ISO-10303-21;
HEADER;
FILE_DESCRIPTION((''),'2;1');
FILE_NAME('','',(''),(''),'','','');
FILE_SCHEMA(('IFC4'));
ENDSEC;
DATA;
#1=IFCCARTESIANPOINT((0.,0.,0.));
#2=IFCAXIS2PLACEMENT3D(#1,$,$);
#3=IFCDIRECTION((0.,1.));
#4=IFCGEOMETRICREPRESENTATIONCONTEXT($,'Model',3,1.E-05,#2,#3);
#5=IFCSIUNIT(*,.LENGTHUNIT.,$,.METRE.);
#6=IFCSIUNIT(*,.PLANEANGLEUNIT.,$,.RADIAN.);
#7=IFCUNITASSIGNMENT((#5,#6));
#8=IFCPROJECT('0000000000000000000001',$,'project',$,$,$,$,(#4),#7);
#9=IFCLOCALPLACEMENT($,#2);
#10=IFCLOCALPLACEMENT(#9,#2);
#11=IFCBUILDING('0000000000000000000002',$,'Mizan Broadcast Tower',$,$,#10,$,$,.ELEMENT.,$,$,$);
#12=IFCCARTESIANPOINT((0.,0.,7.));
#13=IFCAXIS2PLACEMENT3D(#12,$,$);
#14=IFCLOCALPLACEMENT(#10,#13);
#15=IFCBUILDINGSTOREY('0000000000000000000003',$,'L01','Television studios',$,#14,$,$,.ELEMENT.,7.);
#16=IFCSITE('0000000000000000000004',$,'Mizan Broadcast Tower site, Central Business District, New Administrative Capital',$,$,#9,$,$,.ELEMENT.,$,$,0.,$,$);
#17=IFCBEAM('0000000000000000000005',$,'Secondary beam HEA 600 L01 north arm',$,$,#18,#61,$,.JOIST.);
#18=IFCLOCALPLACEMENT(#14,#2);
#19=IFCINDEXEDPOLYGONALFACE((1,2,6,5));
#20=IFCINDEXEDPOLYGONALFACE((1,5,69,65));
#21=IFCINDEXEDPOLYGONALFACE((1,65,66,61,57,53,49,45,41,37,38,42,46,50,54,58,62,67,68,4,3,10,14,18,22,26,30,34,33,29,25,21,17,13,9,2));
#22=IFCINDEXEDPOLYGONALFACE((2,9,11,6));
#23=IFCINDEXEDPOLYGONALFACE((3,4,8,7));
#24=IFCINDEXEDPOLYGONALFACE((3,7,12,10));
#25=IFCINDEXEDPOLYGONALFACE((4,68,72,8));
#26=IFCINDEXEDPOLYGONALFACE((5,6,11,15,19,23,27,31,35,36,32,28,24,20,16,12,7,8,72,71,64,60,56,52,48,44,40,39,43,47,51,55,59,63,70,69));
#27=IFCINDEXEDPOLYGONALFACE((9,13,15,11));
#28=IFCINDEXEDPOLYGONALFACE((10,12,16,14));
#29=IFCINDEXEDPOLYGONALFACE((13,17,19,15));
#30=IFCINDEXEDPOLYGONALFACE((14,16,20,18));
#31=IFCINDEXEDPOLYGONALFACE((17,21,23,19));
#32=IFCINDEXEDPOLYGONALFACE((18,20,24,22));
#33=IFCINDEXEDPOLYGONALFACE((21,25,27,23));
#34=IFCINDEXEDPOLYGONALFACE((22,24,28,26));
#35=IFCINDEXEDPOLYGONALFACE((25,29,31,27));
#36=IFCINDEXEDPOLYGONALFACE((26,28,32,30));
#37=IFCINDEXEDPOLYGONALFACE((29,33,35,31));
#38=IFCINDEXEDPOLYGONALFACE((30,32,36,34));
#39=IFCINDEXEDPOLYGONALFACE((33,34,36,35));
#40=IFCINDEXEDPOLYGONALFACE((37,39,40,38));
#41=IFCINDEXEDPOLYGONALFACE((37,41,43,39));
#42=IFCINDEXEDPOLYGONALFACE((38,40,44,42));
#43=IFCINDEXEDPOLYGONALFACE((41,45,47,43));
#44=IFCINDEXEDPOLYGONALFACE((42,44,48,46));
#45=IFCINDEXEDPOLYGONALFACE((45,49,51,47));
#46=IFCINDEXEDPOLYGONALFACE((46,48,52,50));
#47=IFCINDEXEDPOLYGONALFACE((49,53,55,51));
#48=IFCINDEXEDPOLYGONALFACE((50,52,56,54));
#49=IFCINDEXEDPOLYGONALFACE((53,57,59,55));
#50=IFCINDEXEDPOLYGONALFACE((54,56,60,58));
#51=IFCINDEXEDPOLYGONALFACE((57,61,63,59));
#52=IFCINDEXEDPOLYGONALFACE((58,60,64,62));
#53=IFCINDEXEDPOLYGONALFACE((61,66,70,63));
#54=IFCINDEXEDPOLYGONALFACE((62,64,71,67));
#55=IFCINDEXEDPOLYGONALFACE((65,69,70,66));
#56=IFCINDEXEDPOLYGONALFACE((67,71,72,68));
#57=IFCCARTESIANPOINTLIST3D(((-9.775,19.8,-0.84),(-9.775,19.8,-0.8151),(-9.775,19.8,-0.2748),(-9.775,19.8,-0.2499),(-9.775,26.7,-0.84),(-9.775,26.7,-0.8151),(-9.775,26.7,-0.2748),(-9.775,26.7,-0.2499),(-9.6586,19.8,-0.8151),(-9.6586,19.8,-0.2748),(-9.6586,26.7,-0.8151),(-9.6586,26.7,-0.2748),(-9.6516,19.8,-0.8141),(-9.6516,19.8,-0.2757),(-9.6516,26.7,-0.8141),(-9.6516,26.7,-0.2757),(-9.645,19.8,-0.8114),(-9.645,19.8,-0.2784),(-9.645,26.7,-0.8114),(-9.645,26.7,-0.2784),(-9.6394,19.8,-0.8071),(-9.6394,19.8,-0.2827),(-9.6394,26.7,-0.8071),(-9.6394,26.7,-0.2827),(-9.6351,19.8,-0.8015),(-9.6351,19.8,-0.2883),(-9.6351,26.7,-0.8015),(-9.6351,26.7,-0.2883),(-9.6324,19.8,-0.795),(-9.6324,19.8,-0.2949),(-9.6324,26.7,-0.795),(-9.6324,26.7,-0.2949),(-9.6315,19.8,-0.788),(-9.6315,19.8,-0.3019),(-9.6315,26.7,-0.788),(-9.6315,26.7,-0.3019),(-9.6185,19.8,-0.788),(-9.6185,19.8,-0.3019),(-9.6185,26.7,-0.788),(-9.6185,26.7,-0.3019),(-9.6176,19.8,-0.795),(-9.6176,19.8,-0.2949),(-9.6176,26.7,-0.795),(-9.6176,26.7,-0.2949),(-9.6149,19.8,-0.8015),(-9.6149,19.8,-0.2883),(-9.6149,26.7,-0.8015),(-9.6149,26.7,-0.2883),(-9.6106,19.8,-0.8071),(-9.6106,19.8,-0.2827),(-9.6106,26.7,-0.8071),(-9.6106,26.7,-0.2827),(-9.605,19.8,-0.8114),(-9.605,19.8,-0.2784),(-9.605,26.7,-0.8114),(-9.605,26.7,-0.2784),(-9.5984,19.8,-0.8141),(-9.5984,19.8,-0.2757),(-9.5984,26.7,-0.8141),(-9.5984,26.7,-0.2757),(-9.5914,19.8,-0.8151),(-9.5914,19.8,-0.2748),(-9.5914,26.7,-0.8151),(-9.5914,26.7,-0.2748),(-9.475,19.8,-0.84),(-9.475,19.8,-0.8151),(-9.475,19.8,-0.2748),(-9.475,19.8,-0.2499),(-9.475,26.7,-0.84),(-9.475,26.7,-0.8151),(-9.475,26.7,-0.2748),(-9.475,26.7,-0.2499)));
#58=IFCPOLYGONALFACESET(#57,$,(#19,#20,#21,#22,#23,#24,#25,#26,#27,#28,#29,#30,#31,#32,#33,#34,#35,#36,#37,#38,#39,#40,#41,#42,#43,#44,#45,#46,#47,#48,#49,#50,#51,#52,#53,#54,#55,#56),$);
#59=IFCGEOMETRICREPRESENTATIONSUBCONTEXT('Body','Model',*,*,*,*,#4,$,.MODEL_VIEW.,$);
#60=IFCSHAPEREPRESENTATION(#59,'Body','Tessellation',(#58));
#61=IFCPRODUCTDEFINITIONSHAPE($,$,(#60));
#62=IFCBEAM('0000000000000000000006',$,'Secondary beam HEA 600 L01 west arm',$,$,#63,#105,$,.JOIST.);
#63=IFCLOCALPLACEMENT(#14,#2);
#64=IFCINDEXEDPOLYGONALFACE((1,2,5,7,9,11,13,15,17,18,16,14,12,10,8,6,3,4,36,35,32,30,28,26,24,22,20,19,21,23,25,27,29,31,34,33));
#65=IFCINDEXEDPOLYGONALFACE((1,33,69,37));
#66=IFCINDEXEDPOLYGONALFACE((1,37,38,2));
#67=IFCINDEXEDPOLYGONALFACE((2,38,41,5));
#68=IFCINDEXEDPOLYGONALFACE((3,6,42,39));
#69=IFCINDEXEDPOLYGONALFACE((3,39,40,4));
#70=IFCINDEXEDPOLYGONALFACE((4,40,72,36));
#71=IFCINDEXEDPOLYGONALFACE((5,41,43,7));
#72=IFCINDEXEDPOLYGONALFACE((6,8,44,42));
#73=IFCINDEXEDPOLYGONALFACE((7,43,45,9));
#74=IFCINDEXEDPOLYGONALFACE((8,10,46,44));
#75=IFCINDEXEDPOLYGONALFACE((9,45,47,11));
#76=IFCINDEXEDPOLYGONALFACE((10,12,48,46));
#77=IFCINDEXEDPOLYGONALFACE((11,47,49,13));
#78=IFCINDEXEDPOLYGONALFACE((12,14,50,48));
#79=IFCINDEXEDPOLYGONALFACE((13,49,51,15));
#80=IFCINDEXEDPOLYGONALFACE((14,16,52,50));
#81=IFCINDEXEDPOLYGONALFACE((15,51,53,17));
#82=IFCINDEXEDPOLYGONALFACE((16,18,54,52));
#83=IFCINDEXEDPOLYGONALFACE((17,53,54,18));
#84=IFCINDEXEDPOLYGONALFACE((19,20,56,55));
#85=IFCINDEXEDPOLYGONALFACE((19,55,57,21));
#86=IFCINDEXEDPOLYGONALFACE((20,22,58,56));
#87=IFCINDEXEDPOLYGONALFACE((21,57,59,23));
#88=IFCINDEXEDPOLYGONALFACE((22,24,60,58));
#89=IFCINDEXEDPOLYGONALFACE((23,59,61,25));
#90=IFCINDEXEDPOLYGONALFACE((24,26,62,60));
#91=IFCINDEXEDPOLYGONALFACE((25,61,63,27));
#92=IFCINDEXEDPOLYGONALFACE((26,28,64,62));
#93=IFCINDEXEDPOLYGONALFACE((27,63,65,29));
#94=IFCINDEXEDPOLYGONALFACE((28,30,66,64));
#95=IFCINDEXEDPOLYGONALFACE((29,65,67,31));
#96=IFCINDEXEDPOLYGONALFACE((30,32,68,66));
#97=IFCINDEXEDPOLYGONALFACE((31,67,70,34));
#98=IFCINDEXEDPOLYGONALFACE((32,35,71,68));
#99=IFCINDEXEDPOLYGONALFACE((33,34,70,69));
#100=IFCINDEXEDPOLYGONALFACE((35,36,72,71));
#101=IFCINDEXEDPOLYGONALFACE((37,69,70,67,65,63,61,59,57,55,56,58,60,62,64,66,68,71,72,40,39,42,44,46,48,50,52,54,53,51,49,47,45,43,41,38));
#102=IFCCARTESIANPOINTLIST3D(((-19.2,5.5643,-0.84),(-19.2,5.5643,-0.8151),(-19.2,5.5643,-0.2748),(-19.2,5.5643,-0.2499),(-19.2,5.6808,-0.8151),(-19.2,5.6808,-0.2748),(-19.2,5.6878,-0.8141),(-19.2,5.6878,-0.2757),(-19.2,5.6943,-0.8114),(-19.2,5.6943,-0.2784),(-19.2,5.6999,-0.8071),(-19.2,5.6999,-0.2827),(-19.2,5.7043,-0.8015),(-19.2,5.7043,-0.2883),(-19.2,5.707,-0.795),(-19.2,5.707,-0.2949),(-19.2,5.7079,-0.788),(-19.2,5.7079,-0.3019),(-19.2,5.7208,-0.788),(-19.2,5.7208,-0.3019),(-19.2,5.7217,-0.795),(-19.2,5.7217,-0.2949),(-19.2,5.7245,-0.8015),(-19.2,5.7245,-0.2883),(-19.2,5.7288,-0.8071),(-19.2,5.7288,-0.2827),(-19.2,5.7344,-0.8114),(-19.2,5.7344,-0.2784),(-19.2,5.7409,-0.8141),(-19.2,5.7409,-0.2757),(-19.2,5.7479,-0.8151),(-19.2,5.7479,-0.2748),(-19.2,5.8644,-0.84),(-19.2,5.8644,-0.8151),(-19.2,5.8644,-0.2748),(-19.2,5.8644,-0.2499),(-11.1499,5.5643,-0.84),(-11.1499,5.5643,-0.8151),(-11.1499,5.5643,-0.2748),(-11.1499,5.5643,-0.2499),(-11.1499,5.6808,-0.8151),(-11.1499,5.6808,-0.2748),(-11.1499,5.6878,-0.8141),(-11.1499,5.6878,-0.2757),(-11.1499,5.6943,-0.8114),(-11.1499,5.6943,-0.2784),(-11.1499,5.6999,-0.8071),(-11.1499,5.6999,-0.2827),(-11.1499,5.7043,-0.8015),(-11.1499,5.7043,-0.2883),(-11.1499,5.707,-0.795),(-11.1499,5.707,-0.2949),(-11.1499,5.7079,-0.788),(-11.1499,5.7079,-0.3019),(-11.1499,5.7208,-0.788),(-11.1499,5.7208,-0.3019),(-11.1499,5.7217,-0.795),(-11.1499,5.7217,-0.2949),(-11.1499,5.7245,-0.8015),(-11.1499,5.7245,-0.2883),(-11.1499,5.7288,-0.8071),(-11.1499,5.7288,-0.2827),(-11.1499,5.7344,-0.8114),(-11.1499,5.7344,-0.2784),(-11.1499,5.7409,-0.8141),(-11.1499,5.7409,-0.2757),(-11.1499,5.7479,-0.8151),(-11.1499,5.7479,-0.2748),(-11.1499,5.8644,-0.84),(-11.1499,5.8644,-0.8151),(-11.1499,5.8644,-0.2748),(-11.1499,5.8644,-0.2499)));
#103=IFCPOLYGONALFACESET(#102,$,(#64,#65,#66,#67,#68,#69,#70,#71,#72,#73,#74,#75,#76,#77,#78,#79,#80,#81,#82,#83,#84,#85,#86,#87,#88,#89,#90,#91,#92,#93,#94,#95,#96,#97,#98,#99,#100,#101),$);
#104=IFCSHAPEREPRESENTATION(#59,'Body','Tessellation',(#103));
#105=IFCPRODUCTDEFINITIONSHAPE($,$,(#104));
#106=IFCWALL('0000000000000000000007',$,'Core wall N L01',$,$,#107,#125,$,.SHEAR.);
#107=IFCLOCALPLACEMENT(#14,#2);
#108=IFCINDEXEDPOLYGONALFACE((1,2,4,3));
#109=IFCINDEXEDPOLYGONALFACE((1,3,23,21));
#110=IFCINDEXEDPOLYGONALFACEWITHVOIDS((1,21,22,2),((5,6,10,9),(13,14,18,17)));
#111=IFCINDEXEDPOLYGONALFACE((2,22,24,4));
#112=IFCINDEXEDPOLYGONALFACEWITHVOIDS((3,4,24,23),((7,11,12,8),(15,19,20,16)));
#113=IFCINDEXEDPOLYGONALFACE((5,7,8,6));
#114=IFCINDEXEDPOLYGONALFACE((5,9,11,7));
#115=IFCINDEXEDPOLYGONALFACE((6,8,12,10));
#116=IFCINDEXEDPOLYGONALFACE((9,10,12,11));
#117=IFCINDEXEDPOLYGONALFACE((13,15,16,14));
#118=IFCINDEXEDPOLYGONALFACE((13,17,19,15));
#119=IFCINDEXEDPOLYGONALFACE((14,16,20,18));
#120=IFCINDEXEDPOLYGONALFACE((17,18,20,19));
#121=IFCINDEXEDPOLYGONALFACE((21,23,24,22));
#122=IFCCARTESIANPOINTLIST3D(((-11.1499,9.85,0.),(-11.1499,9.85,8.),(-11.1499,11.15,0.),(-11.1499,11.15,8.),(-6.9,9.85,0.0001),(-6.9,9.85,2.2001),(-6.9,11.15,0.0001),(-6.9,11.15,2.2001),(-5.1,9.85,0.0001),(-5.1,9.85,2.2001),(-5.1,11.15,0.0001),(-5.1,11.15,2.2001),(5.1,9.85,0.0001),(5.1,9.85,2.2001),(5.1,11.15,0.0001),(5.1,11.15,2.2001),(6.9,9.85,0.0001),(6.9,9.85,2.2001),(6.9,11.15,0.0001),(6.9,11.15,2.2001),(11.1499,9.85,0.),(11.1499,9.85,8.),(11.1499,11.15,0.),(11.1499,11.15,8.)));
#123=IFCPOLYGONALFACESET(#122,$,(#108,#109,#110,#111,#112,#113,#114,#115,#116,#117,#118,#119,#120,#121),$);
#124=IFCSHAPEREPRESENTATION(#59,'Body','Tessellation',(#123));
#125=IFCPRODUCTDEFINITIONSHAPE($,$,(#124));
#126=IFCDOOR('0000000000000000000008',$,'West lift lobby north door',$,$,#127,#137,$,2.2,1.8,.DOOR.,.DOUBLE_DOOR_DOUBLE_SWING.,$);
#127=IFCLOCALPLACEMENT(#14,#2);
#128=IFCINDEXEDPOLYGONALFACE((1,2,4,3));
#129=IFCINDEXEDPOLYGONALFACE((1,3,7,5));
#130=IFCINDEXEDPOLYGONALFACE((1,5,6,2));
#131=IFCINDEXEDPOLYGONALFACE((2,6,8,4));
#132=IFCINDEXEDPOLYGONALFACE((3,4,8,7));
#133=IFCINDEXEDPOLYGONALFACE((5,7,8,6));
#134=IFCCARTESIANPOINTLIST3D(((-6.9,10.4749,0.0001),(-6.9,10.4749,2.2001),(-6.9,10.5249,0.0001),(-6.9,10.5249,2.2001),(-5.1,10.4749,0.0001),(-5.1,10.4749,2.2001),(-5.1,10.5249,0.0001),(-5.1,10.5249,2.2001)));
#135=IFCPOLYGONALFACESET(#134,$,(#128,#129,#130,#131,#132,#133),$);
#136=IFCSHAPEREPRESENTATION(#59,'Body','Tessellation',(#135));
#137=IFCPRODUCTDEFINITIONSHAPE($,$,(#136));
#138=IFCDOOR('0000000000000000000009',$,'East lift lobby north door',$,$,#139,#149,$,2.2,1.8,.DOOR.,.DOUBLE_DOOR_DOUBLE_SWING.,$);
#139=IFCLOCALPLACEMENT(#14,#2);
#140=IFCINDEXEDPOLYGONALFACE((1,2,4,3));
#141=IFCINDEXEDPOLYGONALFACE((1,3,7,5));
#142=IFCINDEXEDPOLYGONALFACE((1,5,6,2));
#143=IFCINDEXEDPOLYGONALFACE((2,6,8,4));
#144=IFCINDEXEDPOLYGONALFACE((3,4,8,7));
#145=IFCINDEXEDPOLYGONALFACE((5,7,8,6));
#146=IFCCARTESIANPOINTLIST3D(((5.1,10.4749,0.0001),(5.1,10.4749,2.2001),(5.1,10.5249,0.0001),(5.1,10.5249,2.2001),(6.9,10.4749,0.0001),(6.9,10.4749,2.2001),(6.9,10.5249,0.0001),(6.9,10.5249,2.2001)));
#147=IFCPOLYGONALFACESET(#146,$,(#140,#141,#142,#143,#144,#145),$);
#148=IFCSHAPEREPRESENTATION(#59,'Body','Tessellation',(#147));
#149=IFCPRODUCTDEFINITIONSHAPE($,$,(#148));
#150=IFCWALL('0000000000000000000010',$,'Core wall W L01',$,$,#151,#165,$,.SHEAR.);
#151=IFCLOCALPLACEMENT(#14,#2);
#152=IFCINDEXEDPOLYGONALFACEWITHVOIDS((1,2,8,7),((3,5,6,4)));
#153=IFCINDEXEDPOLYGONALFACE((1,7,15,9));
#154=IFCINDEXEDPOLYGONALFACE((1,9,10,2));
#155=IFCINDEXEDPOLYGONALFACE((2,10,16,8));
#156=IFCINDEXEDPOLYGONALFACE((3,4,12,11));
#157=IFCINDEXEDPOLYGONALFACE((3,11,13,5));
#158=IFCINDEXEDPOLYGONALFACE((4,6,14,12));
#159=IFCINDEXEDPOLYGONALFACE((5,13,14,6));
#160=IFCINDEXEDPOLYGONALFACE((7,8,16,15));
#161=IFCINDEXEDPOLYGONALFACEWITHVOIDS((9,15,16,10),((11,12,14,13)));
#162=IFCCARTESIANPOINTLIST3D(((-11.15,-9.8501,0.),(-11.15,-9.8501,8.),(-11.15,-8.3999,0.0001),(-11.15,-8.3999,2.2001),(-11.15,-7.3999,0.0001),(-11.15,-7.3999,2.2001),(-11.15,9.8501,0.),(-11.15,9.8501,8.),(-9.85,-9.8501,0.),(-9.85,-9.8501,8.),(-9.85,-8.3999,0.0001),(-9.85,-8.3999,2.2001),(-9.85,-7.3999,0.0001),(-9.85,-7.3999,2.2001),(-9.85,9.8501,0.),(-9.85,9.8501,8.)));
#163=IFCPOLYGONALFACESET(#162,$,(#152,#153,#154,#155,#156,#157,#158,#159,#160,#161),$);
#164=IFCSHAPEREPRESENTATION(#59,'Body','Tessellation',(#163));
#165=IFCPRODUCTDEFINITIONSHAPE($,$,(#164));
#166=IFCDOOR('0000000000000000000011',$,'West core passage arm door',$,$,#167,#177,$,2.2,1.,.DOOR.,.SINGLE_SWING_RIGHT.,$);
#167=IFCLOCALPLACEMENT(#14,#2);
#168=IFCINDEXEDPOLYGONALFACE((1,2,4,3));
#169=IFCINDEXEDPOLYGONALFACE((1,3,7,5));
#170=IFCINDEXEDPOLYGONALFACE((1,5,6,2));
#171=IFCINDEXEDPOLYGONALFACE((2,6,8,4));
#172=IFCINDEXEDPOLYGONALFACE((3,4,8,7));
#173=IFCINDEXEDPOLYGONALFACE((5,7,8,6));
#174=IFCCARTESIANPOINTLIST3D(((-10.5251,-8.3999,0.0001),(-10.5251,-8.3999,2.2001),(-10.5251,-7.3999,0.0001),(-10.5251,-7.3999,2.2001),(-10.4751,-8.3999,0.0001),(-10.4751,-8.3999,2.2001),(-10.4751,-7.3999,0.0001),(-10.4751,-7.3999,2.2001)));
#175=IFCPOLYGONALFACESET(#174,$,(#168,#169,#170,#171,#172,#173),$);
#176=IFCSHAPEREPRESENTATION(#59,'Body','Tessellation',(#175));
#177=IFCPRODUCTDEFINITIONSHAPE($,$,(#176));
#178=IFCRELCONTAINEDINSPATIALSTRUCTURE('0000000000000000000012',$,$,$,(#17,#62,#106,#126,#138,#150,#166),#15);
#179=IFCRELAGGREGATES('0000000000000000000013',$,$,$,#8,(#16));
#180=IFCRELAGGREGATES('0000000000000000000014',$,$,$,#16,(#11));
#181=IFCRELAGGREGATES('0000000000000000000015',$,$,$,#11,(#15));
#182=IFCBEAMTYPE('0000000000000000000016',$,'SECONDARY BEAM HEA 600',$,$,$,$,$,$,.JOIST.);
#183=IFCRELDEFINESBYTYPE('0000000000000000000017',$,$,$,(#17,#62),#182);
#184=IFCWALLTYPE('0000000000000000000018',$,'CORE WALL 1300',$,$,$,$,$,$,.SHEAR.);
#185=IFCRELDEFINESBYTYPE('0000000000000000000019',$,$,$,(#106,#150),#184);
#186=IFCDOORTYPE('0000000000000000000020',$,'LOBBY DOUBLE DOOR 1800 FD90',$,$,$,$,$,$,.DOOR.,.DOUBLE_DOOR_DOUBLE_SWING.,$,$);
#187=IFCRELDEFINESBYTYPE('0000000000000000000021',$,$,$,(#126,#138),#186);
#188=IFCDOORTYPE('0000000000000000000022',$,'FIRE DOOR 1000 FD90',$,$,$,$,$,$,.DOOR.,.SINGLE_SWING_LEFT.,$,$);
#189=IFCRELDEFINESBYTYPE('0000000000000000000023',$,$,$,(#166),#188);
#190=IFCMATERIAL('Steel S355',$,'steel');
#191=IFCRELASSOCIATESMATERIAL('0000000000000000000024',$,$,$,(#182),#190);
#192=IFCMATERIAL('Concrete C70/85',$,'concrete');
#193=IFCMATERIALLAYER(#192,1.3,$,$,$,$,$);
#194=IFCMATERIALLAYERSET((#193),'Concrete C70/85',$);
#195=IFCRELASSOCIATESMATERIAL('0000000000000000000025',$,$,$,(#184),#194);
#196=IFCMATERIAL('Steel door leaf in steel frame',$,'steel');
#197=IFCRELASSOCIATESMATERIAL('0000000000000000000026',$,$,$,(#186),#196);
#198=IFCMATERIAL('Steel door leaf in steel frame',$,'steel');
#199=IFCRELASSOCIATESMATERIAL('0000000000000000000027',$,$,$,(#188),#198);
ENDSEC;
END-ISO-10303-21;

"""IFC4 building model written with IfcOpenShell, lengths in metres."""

from ifc_helpers import new_model, si_unit, direction, frame, frame_2d, origin, origin_2d, place, context, subcontext, project, spatial, rectangle, i_section, extrude, material, layer, layer_set, material_profile, profile_set, type_object, element, fill, save


model = new_model("IFC4")

# Units and contexts
model_context = context("Model", 3, precision=1e-05, world=origin(), true_north=direction((0.0, 1.0)))
body_context = subcontext(model_context, "Body", "Model", "MODEL_VIEW")
ifc_project = project(units=[si_unit("LENGTHUNIT", "METRE"), si_unit("PLANEANGLEUNIT", "RADIAN")], contexts=[model_context])

# Site, building, storey
site_placement = place(None, origin())
site = spatial("IfcSite", under=ifc_project, at=site_placement, Name="Mizan Broadcast Tower site, Central Business District, New Administrative Capital", CompositionType="ELEMENT", RefElevation=0.0)
building_placement = place(site_placement, origin())
building = spatial("IfcBuilding", under=site, at=building_placement, Name="Mizan Broadcast Tower", CompositionType="ELEMENT")
storey_placement = place(building_placement, frame((0.0, 0.0, 7.0)))
storey = spatial("IfcBuildingStorey", under=building, at=storey_placement, Name="L01", Description="Television studios", CompositionType="ELEMENT", Elevation=7.0)

# Beams
ifc_material_1 = material(Name="Steel S355", Category="steel")
ifc_material_profile_1 = material_profile(ifc_material_1, i_section(OverallWidth=0.3, OverallDepth=0.5901, WebThickness=0.0129, FlangeThickness=0.0249, FilletRadius=0.0271, at=origin_2d()), Name="HEA 600")
ifc_profile_set_1 = profile_set([ifc_material_profile_1], Name="Steel S355")
beam_type_1 = type_object("IfcBeamType", Name="SECONDARY BEAM HEA 600", PredefinedType="JOIST", material=ifc_profile_set_1)
beam_1_placement = place(storey_placement, frame((-9.625, 19.8, -0.5449), z_axis=(0.0, 1.0, 0.0), x_axis=(-1.0, 0.0, 0.0)))
element("IfcBeam", 1, at=beam_1_placement, inside=storey, type_object=beam_type_1, Name="Secondary beam HEA 600 L01 north arm", PredefinedType="JOIST", context=body_context, shape_type="SweptSolid", body=[
    extrude(i_section(OverallWidth=0.3, OverallDepth=0.5901, WebThickness=0.0129, FlangeThickness=0.0249, FilletRadius=0.0271, at=origin_2d()), origin(), (0.0, 0.0, 1.0), 6.8999),
])
beam_2_placement = place(storey_placement, frame((-11.1499, 5.7144, -0.5449), z_axis=(-1.0, 0.0, 0.0), x_axis=(0.0, -1.0, 0.0)))
element("IfcBeam", 2, at=beam_2_placement, inside=storey, type_object=beam_type_1, Name="Secondary beam HEA 600 L01 west arm", PredefinedType="JOIST", context=body_context, shape_type="SweptSolid", body=[
    extrude(i_section(OverallWidth=0.3, OverallDepth=0.5901, WebThickness=0.0129, FlangeThickness=0.0249, FilletRadius=0.0271, at=origin_2d()), origin(), (0.0, 0.0, 1.0), 8.05),
])

# Wall, openings, doors
ifc_material_2 = material(Name="Concrete C70/85", Category="concrete")
ifc_layer_1 = layer(ifc_material_2, 1.3)
ifc_layer_set_1 = layer_set([ifc_layer_1], Name="Concrete C70/85")
wall_type_1 = type_object("IfcWallType", Name="CORE WALL 1300", PredefinedType="SHEAR", material=ifc_layer_set_1)
wall_1_placement = place(storey_placement, frame((-11.1499, 10.5, 0.0), z_axis=(0.0, 0.0, 1.0), x_axis=(1.0, 0.0, 0.0)))
wall_1 = element("IfcWall", 3, at=wall_1_placement, inside=storey, type_object=wall_type_1, Name="Core wall N L01", PredefinedType="SHEAR", context=body_context, shape_type="SweptSolid", body=[
    extrude(rectangle(XDim=22.2998, YDim=1.3, at=frame_2d((11.1499, 0.0))), origin(), (0.0, 0.0, 1.0), 8.0),
])
opening_1_placement = place(wall_1_placement, frame((4.25, 0.0, 0.0)))
opening_1 = element("IfcOpeningElement", 4, at=opening_1_placement, cuts=wall_1, PredefinedType="OPENING", context=body_context, shape_type="SweptSolid", body=[
    extrude(rectangle(XDim=1.8, YDim=2.2, at=frame_2d((0.8999, 1.1001))), frame((0.0, 0.6599, 0.0), z_axis=(0.0, -1.0, 0.0), x_axis=(1.0, 0.0, 0.0)), (0.0, 0.0, 1.0), 1.3201),
])
opening_2_placement = place(wall_1_placement, frame((16.25, 0.0, 0.0)))
opening_2 = element("IfcOpeningElement", 5, at=opening_2_placement, cuts=wall_1, PredefinedType="OPENING", context=body_context, shape_type="SweptSolid", body=[
    extrude(rectangle(XDim=1.8, YDim=2.2, at=frame_2d((0.8999, 1.1001))), frame((0.0, 0.6599, 0.0), z_axis=(0.0, -1.0, 0.0), x_axis=(1.0, 0.0, 0.0)), (0.0, 0.0, 1.0), 1.3201),
])
ifc_material_3 = material(Name="Steel door leaf in steel frame", Category="steel")
door_type_1 = type_object("IfcDoorType", Name="LOBBY DOUBLE DOOR 1800 FD90", OperationType="DOUBLE_DOOR_DOUBLE_SWING", PredefinedType="DOOR", material=ifc_material_3)
door_1_placement = place(opening_1_placement, origin())
door_1 = element("IfcDoor", 6, at=door_1_placement, inside=storey, type_object=door_type_1, Name="West lift lobby north door", OperationType="DOUBLE_DOOR_DOUBLE_SWING", OverallHeight=2.2, OverallWidth=1.8, PredefinedType="DOOR", context=body_context, shape_type="SweptSolid", body=[
    extrude(rectangle(XDim=1.8, YDim=2.2, at=frame_2d((0.8999, 1.1001))), frame((0.0, 0.0249, 0.0), z_axis=(0.0, -1.0, 0.0), x_axis=(1.0, 0.0, 0.0)), (0.0, 0.0, 1.0), 0.05),
])
fill(opening_1, door_1)
door_2_placement = place(opening_2_placement, origin())
door_2 = element("IfcDoor", 7, at=door_2_placement, inside=storey, type_object=door_type_1, Name="East lift lobby north door", OperationType="DOUBLE_DOOR_DOUBLE_SWING", OverallHeight=2.2, OverallWidth=1.8, PredefinedType="DOOR", context=body_context, shape_type="SweptSolid", body=[
    extrude(rectangle(XDim=1.8, YDim=2.2, at=frame_2d((0.8999, 1.1001))), frame((0.0, 0.0249, 0.0), z_axis=(0.0, -1.0, 0.0), x_axis=(1.0, 0.0, 0.0)), (0.0, 0.0, 1.0), 0.05),
])
fill(opening_2, door_2)

# Wall, opening, door
wall_2_placement = place(storey_placement, frame((-10.5, 9.8501, 0.0), z_axis=(0.0, 0.0, 1.0), x_axis=(0.0, -1.0, 0.0)))
wall_2 = element("IfcWall", 8, at=wall_2_placement, inside=storey, type_object=wall_type_1, Name="Core wall W L01", PredefinedType="SHEAR", context=body_context, shape_type="SweptSolid", body=[
    extrude(rectangle(XDim=19.7002, YDim=1.3, at=frame_2d((9.8501, 0.0))), origin(), (0.0, 0.0, 1.0), 8.0),
])
opening_3_placement = place(wall_2_placement, frame((17.25, 0.0, 0.0)))
opening_3 = element("IfcOpeningElement", 9, at=opening_3_placement, cuts=wall_2, PredefinedType="OPENING", context=body_context, shape_type="SweptSolid", body=[
    extrude(rectangle(XDim=1.0, YDim=2.2, at=frame_2d((0.5, 1.1001))), frame((0.0, 0.6599, 0.0), z_axis=(0.0, -1.0, 0.0), x_axis=(1.0, 0.0, 0.0)), (0.0, 0.0, 1.0), 1.3201),
])
ifc_material_4 = material(Name="Steel door leaf in steel frame", Category="steel")
door_type_2 = type_object("IfcDoorType", Name="FIRE DOOR 1000 FD90", OperationType="SINGLE_SWING_LEFT", PredefinedType="DOOR", material=ifc_material_4)
door_3_placement = place(opening_3_placement, origin())
door_3 = element("IfcDoor", 10, at=door_3_placement, inside=storey, type_object=door_type_2, Name="West core passage arm door", OperationType="SINGLE_SWING_RIGHT", OverallHeight=2.2, OverallWidth=1.0, PredefinedType="DOOR", context=body_context, shape_type="SweptSolid", body=[
    extrude(rectangle(XDim=1.0, YDim=2.2, at=frame_2d((0.5, 1.1001))), frame((0.0, 0.0249, 0.0), z_axis=(0.0, -1.0, 0.0), x_axis=(1.0, 0.0, 0.0)), (0.0, 0.0, 1.0), 0.05),
])
fill(opening_3, door_3)

save(model, "model.ifc")
